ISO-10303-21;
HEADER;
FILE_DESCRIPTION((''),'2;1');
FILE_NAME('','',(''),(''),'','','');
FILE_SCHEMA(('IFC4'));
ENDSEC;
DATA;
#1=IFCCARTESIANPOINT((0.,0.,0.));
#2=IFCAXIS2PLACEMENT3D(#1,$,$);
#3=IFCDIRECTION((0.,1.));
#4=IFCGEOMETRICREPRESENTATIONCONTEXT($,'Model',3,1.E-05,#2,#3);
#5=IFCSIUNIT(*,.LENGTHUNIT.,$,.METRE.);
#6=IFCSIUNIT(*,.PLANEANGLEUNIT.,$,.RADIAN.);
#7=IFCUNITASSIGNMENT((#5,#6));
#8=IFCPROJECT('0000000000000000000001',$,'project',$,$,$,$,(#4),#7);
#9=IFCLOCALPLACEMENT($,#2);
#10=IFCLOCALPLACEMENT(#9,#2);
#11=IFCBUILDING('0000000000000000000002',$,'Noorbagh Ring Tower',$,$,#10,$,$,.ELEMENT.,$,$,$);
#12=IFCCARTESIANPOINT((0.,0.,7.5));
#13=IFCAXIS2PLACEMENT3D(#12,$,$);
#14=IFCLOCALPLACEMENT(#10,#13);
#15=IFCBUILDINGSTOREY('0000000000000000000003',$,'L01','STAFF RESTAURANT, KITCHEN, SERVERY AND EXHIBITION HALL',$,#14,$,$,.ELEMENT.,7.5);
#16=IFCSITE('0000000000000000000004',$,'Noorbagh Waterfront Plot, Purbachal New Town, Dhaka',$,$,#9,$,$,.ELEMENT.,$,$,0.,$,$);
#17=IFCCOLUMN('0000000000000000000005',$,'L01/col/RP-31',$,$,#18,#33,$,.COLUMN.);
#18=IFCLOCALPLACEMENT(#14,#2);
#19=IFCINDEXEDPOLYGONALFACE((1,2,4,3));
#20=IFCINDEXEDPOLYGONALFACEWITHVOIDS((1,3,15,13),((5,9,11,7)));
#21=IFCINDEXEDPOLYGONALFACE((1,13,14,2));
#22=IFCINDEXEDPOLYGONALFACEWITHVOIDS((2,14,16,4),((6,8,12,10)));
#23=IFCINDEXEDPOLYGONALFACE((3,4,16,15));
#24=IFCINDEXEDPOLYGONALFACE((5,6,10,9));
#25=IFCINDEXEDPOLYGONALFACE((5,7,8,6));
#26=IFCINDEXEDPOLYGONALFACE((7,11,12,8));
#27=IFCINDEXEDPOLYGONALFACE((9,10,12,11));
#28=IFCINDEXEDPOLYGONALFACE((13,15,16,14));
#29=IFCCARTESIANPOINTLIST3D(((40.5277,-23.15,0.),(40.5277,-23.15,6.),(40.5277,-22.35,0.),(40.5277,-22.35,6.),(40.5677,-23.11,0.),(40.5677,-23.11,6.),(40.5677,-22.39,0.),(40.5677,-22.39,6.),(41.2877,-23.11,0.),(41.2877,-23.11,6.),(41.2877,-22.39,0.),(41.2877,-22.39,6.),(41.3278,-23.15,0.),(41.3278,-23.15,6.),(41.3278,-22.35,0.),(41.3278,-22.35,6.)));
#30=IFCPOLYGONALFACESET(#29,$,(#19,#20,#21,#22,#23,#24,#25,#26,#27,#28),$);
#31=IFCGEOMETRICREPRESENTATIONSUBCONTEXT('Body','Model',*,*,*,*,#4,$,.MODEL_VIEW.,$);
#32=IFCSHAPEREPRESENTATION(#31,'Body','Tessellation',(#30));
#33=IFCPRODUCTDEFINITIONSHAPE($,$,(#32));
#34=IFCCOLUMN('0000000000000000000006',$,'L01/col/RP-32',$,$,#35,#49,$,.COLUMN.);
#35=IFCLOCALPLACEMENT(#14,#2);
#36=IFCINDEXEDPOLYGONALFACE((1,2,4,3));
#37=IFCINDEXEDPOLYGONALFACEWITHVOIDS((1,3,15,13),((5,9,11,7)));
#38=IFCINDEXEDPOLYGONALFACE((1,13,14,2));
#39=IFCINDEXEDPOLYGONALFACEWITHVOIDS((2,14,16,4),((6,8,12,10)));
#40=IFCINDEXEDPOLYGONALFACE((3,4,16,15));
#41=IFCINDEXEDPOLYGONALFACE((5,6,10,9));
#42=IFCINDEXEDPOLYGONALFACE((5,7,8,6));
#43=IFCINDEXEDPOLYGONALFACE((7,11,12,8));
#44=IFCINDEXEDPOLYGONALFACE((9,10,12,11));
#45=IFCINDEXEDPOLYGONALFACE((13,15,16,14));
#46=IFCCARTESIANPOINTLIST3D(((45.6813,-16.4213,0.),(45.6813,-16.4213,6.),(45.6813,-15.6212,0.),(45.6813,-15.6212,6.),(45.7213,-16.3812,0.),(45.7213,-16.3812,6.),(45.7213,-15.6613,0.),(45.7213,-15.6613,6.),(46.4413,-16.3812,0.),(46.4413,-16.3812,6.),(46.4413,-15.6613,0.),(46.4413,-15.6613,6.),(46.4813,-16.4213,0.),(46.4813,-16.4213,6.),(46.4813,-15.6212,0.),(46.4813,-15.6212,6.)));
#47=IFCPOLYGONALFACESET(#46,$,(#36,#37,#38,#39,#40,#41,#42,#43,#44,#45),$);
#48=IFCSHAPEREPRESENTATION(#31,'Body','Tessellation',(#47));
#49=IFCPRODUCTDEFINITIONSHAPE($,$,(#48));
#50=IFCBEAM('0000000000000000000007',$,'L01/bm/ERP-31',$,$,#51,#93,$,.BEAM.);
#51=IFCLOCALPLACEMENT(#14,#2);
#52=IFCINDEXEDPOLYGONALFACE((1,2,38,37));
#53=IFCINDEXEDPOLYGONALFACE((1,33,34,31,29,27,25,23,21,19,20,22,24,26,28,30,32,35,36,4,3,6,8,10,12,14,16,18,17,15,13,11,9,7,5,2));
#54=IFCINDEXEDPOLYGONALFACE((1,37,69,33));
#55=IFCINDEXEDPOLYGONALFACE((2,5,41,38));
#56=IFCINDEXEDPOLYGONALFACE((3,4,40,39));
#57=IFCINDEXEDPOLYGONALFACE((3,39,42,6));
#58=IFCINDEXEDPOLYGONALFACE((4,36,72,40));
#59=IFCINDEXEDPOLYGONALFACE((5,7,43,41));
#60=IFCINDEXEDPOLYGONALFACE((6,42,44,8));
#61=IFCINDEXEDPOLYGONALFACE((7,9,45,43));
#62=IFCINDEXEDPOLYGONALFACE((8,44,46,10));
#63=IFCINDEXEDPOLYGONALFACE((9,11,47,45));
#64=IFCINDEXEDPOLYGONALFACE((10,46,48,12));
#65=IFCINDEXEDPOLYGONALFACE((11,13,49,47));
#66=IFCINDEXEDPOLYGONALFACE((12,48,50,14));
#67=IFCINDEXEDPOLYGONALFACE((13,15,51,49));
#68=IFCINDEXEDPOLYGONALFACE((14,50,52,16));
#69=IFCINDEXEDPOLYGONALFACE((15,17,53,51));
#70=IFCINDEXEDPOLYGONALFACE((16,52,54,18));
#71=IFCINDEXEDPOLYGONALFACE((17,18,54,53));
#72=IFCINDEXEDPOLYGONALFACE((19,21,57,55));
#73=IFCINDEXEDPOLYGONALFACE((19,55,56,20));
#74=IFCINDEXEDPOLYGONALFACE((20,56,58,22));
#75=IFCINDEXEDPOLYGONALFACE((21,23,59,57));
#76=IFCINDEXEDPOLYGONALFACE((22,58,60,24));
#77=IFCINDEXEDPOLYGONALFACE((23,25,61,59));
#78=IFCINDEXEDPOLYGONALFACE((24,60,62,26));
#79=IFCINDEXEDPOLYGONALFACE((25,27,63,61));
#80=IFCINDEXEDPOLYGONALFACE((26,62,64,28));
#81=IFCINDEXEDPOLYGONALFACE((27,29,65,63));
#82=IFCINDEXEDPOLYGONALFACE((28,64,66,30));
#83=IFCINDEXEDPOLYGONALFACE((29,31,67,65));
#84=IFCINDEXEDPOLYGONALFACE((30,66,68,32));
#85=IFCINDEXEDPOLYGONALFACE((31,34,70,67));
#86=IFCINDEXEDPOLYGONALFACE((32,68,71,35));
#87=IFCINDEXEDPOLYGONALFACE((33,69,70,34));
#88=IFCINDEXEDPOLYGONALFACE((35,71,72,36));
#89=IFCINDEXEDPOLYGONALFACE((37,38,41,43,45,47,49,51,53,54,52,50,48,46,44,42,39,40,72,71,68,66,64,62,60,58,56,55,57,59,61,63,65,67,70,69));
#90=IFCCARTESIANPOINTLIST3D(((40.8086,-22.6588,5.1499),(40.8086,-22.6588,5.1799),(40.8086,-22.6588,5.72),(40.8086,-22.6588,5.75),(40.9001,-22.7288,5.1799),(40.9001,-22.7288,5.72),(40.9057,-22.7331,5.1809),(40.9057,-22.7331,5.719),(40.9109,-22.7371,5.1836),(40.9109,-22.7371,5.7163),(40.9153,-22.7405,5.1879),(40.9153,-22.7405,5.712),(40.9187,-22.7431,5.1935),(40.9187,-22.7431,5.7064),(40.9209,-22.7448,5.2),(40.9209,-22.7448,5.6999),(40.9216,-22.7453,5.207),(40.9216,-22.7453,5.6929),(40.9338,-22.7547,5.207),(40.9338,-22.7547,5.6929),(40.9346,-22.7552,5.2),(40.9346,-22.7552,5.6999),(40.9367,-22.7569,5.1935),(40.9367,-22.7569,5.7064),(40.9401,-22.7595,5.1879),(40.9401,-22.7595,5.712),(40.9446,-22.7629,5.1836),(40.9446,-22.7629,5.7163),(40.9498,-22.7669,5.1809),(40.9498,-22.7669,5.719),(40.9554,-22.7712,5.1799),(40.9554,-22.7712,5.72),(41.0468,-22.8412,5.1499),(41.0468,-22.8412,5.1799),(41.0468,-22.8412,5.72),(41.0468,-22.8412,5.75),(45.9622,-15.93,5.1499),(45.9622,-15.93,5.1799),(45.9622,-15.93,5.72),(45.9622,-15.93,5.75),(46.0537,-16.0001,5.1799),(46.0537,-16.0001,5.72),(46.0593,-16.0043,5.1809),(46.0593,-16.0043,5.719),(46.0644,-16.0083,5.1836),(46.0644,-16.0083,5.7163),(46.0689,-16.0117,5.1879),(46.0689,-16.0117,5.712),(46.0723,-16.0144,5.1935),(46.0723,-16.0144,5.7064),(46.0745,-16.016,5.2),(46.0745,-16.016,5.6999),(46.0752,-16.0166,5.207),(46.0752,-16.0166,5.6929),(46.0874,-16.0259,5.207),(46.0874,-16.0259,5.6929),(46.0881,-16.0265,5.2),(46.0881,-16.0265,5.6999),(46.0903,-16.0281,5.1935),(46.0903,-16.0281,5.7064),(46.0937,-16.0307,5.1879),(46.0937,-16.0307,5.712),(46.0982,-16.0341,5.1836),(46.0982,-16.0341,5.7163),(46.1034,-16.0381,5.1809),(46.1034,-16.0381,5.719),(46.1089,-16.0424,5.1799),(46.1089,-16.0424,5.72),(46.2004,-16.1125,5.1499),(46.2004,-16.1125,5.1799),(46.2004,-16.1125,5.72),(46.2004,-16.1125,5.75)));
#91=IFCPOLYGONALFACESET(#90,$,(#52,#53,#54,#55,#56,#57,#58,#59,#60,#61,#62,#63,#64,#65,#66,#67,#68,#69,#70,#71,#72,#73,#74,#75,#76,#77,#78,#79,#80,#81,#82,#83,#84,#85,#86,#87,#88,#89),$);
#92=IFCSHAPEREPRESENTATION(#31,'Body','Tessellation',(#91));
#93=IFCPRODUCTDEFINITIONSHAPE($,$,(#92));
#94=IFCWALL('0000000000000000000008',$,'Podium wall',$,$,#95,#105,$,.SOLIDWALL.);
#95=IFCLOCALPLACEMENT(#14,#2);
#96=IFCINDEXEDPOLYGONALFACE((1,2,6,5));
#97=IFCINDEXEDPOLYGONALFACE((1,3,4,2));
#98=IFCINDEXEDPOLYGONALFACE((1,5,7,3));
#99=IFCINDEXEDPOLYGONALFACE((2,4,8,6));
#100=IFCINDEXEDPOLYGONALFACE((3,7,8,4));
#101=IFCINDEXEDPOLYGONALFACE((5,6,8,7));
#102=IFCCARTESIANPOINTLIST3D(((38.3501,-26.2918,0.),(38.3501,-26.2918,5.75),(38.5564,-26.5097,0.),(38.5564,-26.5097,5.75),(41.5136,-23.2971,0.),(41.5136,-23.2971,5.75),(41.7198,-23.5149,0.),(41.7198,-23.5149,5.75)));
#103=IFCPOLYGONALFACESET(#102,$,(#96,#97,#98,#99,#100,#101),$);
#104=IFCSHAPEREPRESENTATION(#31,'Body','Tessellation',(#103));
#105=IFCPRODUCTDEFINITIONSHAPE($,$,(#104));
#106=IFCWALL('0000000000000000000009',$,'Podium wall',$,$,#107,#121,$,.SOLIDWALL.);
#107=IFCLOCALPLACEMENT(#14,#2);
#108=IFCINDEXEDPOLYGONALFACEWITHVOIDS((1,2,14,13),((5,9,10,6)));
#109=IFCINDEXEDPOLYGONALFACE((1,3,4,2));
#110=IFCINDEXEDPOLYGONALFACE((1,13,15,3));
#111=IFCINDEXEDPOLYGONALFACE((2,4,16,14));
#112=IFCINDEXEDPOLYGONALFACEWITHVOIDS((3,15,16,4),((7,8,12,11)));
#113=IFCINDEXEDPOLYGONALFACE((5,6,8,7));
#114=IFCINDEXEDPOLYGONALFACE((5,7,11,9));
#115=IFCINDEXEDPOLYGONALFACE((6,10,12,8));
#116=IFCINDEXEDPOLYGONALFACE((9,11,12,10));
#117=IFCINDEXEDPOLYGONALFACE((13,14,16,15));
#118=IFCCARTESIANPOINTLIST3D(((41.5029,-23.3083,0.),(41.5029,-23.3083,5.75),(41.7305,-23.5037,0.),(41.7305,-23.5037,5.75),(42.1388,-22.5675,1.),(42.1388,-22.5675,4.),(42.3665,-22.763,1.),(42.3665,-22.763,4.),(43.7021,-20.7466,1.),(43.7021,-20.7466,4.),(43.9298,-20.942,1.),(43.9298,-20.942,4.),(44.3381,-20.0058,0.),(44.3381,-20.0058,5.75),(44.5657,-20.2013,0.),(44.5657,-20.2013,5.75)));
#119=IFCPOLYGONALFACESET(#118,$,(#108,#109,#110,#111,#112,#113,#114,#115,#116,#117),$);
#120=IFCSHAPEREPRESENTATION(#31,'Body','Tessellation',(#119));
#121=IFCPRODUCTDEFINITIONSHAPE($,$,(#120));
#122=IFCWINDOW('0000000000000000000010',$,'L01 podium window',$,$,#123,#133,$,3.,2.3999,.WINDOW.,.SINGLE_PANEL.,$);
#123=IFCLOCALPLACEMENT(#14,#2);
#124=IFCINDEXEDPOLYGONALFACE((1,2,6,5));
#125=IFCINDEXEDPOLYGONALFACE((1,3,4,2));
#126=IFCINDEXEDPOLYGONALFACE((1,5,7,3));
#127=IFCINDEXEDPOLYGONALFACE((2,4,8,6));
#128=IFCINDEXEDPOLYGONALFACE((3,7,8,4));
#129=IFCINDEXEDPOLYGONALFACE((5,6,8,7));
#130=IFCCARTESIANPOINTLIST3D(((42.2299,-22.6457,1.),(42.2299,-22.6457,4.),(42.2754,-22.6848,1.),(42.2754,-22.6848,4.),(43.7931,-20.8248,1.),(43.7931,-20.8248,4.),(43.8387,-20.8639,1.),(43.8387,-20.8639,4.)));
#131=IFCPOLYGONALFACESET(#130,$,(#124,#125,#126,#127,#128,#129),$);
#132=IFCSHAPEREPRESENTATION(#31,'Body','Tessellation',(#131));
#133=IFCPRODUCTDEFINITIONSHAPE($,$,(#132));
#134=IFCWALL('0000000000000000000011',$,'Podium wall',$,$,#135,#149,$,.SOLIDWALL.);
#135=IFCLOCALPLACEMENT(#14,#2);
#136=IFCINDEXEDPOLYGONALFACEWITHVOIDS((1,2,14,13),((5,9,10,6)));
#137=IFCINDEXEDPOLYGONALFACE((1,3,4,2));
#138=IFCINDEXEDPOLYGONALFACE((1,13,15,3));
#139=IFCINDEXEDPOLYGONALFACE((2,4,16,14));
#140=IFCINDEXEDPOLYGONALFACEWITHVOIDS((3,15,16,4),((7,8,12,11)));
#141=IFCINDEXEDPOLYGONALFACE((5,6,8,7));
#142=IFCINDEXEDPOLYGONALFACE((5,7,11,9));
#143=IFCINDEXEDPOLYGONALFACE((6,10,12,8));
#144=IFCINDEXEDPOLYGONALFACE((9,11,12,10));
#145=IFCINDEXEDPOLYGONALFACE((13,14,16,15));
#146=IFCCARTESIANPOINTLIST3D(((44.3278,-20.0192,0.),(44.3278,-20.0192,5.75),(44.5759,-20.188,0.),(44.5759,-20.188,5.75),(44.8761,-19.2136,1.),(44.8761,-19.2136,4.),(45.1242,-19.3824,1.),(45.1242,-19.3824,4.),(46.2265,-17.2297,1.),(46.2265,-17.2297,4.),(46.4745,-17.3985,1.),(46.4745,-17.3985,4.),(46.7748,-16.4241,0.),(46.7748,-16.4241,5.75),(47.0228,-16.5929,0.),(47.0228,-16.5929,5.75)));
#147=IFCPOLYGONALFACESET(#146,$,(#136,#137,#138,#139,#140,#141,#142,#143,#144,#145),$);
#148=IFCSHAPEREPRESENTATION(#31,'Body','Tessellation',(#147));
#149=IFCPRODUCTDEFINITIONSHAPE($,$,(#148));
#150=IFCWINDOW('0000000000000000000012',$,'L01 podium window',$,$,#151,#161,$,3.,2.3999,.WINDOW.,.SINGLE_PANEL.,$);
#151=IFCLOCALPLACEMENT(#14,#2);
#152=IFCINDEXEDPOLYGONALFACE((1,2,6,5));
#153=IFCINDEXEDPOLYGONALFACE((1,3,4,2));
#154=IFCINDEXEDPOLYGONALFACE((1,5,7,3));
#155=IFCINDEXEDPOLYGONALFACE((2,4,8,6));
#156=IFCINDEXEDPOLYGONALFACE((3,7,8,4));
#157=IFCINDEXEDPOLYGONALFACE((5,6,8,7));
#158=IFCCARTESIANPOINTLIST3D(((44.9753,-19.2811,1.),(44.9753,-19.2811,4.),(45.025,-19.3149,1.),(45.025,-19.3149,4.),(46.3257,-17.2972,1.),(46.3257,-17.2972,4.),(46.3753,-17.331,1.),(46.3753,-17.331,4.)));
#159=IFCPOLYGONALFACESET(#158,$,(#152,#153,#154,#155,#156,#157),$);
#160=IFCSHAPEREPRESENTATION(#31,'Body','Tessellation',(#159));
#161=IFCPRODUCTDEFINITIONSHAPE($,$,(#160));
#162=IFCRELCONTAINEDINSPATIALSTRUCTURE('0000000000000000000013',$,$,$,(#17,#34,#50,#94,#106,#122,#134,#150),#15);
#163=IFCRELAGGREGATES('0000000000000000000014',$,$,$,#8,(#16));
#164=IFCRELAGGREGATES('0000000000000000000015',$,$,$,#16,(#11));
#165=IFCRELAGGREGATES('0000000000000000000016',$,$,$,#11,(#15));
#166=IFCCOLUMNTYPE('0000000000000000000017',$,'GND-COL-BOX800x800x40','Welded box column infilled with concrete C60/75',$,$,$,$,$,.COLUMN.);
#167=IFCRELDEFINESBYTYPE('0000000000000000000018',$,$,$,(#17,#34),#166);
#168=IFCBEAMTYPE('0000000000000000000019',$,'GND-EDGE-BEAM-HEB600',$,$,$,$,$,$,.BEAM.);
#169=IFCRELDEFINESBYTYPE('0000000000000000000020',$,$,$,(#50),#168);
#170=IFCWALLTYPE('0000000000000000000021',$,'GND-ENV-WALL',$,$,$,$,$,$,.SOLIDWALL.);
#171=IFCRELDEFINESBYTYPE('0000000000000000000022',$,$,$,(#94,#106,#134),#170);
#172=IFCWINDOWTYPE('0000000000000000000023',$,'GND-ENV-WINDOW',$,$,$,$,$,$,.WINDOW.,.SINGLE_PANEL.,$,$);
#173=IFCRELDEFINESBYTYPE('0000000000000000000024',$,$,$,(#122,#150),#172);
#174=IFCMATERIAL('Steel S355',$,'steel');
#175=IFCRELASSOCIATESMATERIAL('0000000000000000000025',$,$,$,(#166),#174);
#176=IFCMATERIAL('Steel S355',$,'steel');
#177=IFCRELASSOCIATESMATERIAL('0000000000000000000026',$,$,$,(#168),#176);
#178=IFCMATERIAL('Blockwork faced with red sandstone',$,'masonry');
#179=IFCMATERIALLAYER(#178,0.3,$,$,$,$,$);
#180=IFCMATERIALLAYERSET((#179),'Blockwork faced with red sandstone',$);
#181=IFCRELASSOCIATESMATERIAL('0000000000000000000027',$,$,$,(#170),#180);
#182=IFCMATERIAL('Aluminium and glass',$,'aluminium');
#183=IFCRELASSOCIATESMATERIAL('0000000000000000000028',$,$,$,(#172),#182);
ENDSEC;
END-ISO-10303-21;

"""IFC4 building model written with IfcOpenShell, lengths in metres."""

from ifc_helpers import new_model, si_unit, direction, frame, frame_2d, origin, origin_2d, place, context, subcontext, project, spatial, rectangle, hollow_rectangle, i_section, extrude, material, layer, layer_set, material_profile, profile_set, type_object, element, fill, save


model = new_model("IFC4")

# Units and contexts
model_context = context("Model", 3, precision=1e-05, world=origin(), true_north=direction((0.0, 1.0)))
body_context = subcontext(model_context, "Body", "Model", "MODEL_VIEW")
ifc_project = project(units=[si_unit("LENGTHUNIT", "METRE"), si_unit("PLANEANGLEUNIT", "RADIAN")], contexts=[model_context])

# Site, building, storey
site_placement = place(None, origin())
site = spatial("IfcSite", under=ifc_project, at=site_placement, Name="Noorbagh Waterfront Plot, Purbachal New Town, Dhaka", CompositionType="ELEMENT", RefElevation=0.0)
building_placement = place(site_placement, origin())
building = spatial("IfcBuilding", under=site, at=building_placement, Name="Noorbagh Ring Tower", CompositionType="ELEMENT")
storey_placement = place(building_placement, frame((0.0, 0.0, 7.5)))
storey = spatial("IfcBuildingStorey", under=building, at=storey_placement, Name="L01", Description="STAFF RESTAURANT, KITCHEN, SERVERY AND EXHIBITION HALL", CompositionType="ELEMENT", Elevation=7.5)

# Columns
ifc_material_1 = material(Name="Steel S355", Category="steel")
ifc_material_profile_1 = material_profile(ifc_material_1, hollow_rectangle(XDim=0.8, YDim=0.8, WallThickness=0.04, at=origin_2d()), Name="BOX800x800x40")
ifc_profile_set_1 = profile_set([ifc_material_profile_1], Name="Steel S355")
column_type = type_object("IfcColumnType", Name="GND-COL-BOX800x800x40", Description="Welded box column infilled with concrete C60/75", PredefinedType="COLUMN", material=ifc_profile_set_1)
for number, where, z_axis, x_axis, name in (
    (1, (40.9277, -22.75, 0.0), (0.0, 0.0, 1.0), (1.0, 0.0, 0.0), "L01/col/RP-31"),
    (2, (46.0813, -16.0212, 0.0), (0.0, 0.0, 1.0), (1.0, 0.0, 0.0), "L01/col/RP-32"),
):
    element("IfcColumn", number, at=place(storey_placement, frame(where, z_axis=z_axis, x_axis=x_axis)), inside=storey, type_object=column_type, Name=name, PredefinedType="COLUMN", context=body_context, shape_type="SweptSolid", body=[
        extrude(hollow_rectangle(XDim=0.8, YDim=0.8, WallThickness=0.04, at=origin_2d()), origin(), (0.0, 0.0, 1.0), 6.0),
    ])

# Beam
ifc_material_2 = material(Name="Steel S355", Category="steel")
ifc_material_profile_2 = material_profile(ifc_material_2, i_section(OverallWidth=0.3, OverallDepth=0.6001, WebThickness=0.0154, FlangeThickness=0.03, FilletRadius=0.0271, at=origin_2d()), Name="HEB600")
ifc_profile_set_2 = profile_set([ifc_material_profile_2], Name="Steel S355")
beam_type = type_object("IfcBeamType", Name="GND-EDGE-BEAM-HEB600", PredefinedType="BEAM", material=ifc_profile_set_2)
beam_placement = place(storey_placement, frame((40.9277, -22.75, 5.45), z_axis=(0.608049, 0.7939, 0.0), x_axis=(-0.7939, 0.608049, 0.0)))
element("IfcBeam", 3, at=beam_placement, inside=storey, type_object=beam_type, Name="L01/bm/ERP-31", PredefinedType="BEAM", context=body_context, shape_type="SweptSolid", body=[
    extrude(i_section(OverallWidth=0.3, OverallDepth=0.6001, WebThickness=0.0154, FlangeThickness=0.03, FilletRadius=0.0271, at=origin_2d()), origin(), (0.0, 0.0, 1.0), 8.4756),
])

# Wall
ifc_material_3 = material(Name="Blockwork faced with red sandstone", Category="masonry")
ifc_layer_1 = layer(ifc_material_3, 0.3)
ifc_layer_set_1 = layer_set([ifc_layer_1], Name="Blockwork faced with red sandstone")
wall_type_1 = type_object("IfcWallType", Name="GND-ENV-WALL", PredefinedType="SOLIDWALL", material=ifc_layer_set_1)
wall_1_placement = place(storey_placement, frame((38.4531, -26.4009, 0.0), z_axis=(0.0, 0.0, 1.0), x_axis=(0.726204, 0.687479, 0.0)))
element("IfcWall", 4, at=wall_1_placement, inside=storey, type_object=wall_type_1, Name="Podium wall", PredefinedType="SOLIDWALL", context=body_context, shape_type="SweptSolid", body=[
    extrude(rectangle(XDim=4.3562, YDim=0.3, at=frame_2d((2.1782, 0.0))), origin(), (0.0, 0.0, 1.0), 5.75),
])

# Walls, openings, windows
wall_2_placement = place(storey_placement, frame((41.6167, -23.406, 0.0), z_axis=(0.0, 0.0, 1.0), x_axis=(0.651387, 0.758746, 0.0)))
wall_2 = element("IfcWall", 5, at=wall_2_placement, inside=storey, type_object=wall_type_1, Name="Podium wall", PredefinedType="SOLIDWALL", context=body_context, shape_type="SweptSolid", body=[
    extrude(rectangle(XDim=4.3525, YDim=0.3, at=frame_2d((2.1763, 0.0))), origin(), (0.0, 0.0, 1.0), 5.75),
])
opening_1_placement = place(wall_2_placement, frame((0.9763, 0.0, 1.0)))
opening_1 = element("IfcOpeningElement", 6, at=opening_1_placement, cuts=wall_2, PredefinedType="OPENING", context=body_context, shape_type="SweptSolid", body=[
    extrude(rectangle(XDim=2.3999, YDim=3.0, at=frame_2d((1.2, 1.5))), frame((0.0, 0.1602, 0.0), z_axis=(0.0, -1.0, 0.0), x_axis=(1.0, 0.0, 0.0)), (0.0, 0.0, 1.0), 0.3201),
])
ifc_material_4 = material(Name="Aluminium and glass", Category="aluminium")
window_type = type_object("IfcWindowType", Name="GND-ENV-WINDOW", PartitioningType="SINGLE_PANEL", PredefinedType="WINDOW", material=ifc_material_4)
window_1_placement = place(opening_1_placement, origin())
window_1 = element("IfcWindow", 7, at=window_1_placement, inside=storey, type_object=window_type, Name="L01 podium window", OverallHeight=3.0, OverallWidth=2.3999, PartitioningType="SINGLE_PANEL", PredefinedType="WINDOW", context=body_context, shape_type="SweptSolid", body=[
    extrude(rectangle(XDim=2.3999, YDim=3.0, at=frame_2d((1.2, 1.5))), frame((0.0, 0.03, 0.0), z_axis=(0.0, -1.0, 0.0), x_axis=(1.0, 0.0, 0.0)), (0.0, 0.0, 1.0), 0.0601),
])
fill(opening_1, window_1)
wall_3_placement = place(storey_placement, frame((44.4519, -20.1035, 0.0), z_axis=(0.0, 0.0, 1.0), x_axis=(0.562668, 0.826683, 0.0)))
wall_3 = element("IfcWall", 8, at=wall_3_placement, inside=storey, type_object=wall_type_1, Name="Podium wall", PredefinedType="SOLIDWALL", context=body_context, shape_type="SweptSolid", body=[
    extrude(rectangle(XDim=4.3489, YDim=0.3, at=frame_2d((2.1743, 0.0))), origin(), (0.0, 0.0, 1.0), 5.75),
])
opening_2_placement = place(wall_3_placement, frame((0.9744, 0.0, 1.0)))
opening_2 = element("IfcOpeningElement", 9, at=opening_2_placement, cuts=wall_3, PredefinedType="OPENING", context=body_context, shape_type="SweptSolid", body=[
    extrude(rectangle(XDim=2.3999, YDim=3.0, at=frame_2d((1.2, 1.5))), frame((0.0, 0.1602, 0.0), z_axis=(0.0, -1.0, 0.0), x_axis=(1.0, 0.0, 0.0)), (0.0, 0.0, 1.0), 0.3201),
])
window_2_placement = place(opening_2_placement, origin())
window_2 = element("IfcWindow", 10, at=window_2_placement, inside=storey, type_object=window_type, Name="L01 podium window", OverallHeight=3.0, OverallWidth=2.3999, PartitioningType="SINGLE_PANEL", PredefinedType="WINDOW", context=body_context, shape_type="SweptSolid", body=[
    extrude(rectangle(XDim=2.3999, YDim=3.0, at=frame_2d((1.2, 1.5))), frame((0.0, 0.03, 0.0), z_axis=(0.0, -1.0, 0.0), x_axis=(1.0, 0.0, 0.0)), (0.0, 0.0, 1.0), 0.0601),
])
fill(opening_2, window_2)

save(model, "model.ifc")
